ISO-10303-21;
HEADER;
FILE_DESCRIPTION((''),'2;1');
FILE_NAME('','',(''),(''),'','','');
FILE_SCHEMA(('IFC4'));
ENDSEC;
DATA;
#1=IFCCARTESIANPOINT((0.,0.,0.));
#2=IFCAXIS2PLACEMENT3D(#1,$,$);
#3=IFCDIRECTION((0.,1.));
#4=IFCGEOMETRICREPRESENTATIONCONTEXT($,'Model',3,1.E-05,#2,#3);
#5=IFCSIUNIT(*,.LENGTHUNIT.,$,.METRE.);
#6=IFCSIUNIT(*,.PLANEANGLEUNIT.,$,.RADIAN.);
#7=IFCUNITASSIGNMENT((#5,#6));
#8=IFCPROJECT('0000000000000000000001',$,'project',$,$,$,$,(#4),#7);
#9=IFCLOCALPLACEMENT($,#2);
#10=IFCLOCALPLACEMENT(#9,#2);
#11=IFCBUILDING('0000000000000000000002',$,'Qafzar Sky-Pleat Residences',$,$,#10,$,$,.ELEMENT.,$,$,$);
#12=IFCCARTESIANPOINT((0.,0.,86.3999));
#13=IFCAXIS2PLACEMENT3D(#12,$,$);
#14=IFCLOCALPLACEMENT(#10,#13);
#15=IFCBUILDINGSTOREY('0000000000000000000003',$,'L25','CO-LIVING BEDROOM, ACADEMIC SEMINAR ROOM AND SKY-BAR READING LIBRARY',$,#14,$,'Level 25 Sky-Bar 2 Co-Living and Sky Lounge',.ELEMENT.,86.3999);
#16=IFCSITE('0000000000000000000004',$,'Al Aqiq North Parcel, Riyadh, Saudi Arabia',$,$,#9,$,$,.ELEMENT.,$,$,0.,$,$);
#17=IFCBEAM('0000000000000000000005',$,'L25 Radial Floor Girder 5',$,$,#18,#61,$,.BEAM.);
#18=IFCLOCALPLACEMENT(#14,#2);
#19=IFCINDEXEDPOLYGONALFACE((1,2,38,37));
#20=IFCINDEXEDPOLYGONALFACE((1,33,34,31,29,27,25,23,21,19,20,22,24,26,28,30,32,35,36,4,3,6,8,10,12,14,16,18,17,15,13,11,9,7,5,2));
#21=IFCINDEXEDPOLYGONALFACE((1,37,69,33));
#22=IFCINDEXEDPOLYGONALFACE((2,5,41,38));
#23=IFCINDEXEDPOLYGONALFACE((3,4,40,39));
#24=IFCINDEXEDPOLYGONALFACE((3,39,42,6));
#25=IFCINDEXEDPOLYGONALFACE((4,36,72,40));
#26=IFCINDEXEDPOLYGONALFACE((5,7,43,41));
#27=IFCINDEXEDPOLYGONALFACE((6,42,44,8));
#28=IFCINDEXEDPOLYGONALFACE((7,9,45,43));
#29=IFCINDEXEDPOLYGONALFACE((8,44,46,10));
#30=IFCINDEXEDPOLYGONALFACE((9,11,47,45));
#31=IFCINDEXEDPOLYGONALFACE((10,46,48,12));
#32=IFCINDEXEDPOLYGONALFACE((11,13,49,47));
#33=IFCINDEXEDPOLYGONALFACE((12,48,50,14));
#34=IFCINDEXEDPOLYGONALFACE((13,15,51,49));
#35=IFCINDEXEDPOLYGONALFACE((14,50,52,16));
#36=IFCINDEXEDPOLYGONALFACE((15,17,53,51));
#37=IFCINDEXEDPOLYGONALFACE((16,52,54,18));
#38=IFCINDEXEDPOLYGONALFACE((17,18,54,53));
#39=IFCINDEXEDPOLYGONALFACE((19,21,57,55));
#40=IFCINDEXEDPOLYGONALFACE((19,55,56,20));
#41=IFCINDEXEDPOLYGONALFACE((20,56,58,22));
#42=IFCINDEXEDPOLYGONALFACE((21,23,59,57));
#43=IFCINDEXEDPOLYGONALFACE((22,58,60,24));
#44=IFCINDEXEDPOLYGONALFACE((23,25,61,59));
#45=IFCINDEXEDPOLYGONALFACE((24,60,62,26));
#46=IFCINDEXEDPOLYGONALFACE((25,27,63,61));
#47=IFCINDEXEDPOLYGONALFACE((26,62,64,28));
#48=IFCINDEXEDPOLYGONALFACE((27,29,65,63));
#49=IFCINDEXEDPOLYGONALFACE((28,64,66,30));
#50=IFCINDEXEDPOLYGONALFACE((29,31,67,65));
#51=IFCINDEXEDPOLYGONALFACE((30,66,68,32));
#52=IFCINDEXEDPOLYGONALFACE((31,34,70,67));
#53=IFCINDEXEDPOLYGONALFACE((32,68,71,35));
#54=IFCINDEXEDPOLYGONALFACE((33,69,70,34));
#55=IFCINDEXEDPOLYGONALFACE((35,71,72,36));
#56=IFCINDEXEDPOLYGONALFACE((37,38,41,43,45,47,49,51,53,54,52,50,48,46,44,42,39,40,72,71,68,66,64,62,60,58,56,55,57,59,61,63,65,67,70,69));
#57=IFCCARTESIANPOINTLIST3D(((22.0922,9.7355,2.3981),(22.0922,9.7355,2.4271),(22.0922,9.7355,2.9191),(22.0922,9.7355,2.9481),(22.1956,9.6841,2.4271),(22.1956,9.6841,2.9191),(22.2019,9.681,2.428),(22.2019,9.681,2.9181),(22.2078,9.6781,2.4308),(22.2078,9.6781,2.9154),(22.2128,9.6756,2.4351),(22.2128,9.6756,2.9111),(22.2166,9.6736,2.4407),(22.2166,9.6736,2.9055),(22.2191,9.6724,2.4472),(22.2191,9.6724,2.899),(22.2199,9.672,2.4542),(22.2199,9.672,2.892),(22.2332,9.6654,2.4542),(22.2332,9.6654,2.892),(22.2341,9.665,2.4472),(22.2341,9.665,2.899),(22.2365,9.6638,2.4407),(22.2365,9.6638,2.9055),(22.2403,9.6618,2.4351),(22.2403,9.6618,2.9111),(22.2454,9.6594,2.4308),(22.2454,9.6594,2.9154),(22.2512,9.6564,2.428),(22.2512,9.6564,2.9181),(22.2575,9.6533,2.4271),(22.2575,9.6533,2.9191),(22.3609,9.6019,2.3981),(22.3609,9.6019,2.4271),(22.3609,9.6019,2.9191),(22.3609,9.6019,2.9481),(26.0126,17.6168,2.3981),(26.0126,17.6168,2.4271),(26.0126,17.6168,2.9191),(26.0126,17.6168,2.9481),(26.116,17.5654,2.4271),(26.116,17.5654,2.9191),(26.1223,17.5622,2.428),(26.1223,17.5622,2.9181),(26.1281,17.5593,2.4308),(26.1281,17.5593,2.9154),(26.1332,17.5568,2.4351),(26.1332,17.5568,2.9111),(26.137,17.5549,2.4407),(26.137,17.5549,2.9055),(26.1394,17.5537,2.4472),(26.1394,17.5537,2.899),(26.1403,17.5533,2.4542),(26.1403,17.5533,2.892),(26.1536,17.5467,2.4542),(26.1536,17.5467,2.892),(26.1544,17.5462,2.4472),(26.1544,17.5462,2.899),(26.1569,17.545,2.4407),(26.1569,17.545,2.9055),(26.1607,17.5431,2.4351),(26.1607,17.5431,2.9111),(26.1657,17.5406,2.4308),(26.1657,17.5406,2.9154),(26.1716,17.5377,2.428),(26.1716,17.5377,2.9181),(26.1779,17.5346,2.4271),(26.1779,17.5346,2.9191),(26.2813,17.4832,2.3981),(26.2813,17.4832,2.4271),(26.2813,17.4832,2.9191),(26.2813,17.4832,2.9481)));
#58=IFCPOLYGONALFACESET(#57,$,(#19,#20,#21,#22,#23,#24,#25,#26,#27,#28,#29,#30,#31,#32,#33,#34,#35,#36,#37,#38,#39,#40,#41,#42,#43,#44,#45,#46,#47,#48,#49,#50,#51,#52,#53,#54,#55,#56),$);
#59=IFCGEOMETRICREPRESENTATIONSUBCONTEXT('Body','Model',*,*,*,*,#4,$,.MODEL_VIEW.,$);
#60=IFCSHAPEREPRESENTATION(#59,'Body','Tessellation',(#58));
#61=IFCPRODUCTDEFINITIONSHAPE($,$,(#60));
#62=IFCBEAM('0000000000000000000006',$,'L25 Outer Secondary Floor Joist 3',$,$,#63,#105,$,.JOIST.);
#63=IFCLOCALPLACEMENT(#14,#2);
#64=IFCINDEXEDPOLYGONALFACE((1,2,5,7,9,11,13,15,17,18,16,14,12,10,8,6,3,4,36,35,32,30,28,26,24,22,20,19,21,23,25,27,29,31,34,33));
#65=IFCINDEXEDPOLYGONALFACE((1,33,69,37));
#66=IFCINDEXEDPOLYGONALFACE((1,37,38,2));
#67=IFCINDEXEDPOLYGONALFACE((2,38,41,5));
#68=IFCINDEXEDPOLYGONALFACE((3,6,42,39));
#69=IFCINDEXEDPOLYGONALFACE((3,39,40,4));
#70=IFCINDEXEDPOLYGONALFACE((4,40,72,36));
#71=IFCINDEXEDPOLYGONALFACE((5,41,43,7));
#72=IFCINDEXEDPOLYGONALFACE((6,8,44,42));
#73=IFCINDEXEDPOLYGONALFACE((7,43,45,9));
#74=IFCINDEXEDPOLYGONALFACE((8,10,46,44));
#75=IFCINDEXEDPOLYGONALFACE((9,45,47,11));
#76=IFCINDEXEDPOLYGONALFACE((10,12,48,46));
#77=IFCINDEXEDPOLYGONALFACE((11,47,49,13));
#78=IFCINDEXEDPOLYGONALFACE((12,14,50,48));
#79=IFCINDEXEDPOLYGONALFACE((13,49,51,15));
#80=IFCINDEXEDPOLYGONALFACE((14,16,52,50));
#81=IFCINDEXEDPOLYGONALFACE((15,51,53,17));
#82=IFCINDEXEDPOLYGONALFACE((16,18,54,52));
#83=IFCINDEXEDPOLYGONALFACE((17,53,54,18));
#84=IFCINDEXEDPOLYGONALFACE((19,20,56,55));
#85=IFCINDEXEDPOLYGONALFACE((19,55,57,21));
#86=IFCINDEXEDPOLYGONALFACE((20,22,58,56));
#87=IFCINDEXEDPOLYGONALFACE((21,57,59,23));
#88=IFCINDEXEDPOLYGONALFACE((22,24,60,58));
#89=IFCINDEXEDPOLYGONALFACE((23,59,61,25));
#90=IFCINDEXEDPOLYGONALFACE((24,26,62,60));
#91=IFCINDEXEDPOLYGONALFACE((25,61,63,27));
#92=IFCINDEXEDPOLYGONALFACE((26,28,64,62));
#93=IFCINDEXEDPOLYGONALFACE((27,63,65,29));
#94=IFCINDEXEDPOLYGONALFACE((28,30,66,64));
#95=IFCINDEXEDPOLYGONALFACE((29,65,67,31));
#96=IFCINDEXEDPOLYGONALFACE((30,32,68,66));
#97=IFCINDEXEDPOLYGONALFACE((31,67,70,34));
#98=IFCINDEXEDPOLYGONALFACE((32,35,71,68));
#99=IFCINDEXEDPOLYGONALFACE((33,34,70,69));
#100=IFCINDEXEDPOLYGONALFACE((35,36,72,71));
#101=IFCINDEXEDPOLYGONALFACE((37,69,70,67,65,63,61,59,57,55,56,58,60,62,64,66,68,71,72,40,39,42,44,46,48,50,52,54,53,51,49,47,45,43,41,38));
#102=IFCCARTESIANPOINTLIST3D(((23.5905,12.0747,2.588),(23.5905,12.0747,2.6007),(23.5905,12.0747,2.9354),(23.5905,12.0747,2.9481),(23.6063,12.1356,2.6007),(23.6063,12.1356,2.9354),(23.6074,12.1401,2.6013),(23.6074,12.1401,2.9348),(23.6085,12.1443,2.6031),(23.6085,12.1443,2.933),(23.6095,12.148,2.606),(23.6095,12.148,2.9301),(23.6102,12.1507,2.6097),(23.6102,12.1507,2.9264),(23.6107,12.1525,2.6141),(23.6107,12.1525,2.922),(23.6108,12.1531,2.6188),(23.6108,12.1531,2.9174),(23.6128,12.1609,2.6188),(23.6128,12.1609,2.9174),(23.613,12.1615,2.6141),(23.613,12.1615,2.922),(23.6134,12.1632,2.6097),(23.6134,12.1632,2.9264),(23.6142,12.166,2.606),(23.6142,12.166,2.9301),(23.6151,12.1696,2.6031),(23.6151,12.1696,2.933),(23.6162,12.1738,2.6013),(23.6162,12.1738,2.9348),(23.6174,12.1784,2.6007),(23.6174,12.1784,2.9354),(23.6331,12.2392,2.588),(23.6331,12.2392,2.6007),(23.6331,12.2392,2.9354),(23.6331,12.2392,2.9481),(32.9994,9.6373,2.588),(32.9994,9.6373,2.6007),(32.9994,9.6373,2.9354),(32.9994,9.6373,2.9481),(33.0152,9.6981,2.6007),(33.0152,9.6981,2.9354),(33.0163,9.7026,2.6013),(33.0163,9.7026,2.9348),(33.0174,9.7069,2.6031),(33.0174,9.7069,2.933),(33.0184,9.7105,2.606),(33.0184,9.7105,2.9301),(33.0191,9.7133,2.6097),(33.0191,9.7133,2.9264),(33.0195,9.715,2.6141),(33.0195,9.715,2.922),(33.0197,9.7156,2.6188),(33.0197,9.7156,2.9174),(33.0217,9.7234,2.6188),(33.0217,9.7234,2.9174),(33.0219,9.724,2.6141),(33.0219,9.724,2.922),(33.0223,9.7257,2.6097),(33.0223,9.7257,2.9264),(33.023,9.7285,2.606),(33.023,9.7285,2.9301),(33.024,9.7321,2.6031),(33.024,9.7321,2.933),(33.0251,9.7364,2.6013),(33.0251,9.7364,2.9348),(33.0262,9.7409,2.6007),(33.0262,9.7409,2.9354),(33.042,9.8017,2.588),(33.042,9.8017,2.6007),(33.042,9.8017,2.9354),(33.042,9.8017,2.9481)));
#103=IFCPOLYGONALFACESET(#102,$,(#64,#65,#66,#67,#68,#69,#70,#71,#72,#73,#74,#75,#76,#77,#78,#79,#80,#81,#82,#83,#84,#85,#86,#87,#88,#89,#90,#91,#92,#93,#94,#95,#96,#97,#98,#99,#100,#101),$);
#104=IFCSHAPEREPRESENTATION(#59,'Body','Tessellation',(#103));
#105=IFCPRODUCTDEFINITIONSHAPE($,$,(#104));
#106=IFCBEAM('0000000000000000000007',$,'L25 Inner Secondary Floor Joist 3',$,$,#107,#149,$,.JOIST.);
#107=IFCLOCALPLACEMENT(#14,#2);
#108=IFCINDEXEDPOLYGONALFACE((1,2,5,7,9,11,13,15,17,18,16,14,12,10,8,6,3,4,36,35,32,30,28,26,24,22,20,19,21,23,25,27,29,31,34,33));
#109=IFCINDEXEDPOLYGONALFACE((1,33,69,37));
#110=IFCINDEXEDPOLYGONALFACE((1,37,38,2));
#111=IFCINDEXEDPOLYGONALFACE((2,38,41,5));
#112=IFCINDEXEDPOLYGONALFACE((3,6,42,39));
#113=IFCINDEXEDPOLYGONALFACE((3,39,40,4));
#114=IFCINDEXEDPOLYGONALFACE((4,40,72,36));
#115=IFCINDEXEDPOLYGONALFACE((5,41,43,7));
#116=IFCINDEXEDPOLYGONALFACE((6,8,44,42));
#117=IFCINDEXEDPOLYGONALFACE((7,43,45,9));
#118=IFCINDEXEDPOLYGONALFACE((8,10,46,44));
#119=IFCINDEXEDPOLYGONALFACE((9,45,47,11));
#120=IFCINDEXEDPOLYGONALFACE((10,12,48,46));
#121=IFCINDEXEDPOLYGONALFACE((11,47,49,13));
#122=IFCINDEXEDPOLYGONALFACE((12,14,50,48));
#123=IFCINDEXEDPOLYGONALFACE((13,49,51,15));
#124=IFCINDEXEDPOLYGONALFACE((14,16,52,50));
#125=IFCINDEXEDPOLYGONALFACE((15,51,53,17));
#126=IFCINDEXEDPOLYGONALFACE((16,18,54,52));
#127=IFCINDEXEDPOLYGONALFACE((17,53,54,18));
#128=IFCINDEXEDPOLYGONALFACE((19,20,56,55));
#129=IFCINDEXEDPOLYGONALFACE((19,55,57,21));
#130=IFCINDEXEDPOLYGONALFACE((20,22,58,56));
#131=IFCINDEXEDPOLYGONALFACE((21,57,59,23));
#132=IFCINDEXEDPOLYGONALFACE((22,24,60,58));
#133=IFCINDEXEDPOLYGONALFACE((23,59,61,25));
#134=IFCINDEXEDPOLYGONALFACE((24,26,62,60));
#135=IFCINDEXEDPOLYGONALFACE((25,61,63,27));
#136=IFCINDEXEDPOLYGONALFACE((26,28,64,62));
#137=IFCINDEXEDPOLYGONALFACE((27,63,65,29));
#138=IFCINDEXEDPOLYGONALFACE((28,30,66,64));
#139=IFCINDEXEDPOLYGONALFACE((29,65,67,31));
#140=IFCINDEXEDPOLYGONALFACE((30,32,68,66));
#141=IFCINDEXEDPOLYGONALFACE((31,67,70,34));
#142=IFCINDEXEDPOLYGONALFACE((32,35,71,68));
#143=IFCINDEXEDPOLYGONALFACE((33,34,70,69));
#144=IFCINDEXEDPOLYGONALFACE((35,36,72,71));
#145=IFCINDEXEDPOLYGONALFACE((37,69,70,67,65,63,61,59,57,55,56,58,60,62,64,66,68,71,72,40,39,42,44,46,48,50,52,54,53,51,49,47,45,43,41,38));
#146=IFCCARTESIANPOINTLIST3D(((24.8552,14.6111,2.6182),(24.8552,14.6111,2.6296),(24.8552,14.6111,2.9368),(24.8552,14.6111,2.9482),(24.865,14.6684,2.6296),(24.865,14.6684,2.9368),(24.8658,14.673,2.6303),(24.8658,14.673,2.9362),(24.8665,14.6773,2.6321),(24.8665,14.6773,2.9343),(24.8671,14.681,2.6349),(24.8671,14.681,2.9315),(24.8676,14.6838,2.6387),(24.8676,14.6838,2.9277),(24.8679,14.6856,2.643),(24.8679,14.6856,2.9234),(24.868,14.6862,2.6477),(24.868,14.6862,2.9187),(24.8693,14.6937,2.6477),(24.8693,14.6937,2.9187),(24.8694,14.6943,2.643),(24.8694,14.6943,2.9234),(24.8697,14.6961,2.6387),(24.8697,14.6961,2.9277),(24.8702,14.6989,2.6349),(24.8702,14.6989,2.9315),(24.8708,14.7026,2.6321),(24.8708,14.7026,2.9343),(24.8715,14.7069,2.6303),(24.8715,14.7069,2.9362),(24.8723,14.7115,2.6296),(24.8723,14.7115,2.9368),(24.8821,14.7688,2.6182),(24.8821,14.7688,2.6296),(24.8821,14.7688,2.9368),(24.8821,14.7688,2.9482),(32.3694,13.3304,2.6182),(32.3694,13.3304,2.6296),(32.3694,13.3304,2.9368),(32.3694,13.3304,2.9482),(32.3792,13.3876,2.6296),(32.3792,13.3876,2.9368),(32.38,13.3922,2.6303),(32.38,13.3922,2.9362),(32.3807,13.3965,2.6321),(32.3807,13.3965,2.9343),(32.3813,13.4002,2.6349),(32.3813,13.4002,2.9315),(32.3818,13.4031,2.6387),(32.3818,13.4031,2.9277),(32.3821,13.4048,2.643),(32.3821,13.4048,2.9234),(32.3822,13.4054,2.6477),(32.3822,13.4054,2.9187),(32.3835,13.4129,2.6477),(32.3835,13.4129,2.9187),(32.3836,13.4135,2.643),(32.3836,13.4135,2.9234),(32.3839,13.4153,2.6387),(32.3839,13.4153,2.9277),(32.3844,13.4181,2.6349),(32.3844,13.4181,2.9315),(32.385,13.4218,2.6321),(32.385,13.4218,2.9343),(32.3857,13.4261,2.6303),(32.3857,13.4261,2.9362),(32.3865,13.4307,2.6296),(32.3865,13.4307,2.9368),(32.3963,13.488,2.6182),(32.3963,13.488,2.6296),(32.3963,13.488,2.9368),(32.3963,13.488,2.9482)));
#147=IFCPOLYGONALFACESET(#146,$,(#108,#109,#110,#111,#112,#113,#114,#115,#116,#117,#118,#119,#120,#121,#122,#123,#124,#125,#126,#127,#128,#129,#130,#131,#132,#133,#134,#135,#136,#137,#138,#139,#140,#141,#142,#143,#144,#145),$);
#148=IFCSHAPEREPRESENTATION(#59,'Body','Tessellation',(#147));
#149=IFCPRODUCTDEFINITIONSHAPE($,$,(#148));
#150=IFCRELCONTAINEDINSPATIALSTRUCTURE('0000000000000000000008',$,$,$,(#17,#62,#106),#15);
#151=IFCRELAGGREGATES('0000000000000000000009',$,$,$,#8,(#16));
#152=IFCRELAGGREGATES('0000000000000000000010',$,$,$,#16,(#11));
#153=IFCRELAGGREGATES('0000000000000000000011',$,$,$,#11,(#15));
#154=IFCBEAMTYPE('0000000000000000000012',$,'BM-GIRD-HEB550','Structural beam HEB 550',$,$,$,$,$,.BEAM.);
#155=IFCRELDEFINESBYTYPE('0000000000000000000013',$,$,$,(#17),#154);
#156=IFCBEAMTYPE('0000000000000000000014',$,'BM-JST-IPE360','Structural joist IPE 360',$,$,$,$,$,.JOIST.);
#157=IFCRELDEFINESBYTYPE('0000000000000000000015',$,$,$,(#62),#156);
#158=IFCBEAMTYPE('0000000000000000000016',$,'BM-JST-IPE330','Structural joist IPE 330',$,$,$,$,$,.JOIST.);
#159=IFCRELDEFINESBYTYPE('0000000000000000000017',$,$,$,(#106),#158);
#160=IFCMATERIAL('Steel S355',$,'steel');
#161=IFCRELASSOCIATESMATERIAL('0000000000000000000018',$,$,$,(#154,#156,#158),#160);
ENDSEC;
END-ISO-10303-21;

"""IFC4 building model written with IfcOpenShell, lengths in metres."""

from ifc_helpers import new_model, si_unit, direction, frame, origin, origin_2d, place, context, subcontext, project, spatial, i_section, extrude, source, transform, mapped, material, material_profile, profile_set, type_object, element, save


model = new_model("IFC4")

# Units and contexts
model_context = context("Model", 3, precision=1e-05, world=origin(), true_north=direction((0.0, 1.0)))
body_context = subcontext(model_context, "Body", "Model", "MODEL_VIEW")
ifc_project = project(units=[si_unit("LENGTHUNIT", "METRE"), si_unit("PLANEANGLEUNIT", "RADIAN")], contexts=[model_context])

# Site, building, storey
site_placement = place(None, origin())
site = spatial("IfcSite", under=ifc_project, at=site_placement, Name="Al Aqiq North Parcel, Riyadh, Saudi Arabia", CompositionType="ELEMENT", RefElevation=0.0)
building_placement = place(site_placement, origin())
building = spatial("IfcBuilding", under=site, at=building_placement, Name="Qafzar Sky-Pleat Residences", CompositionType="ELEMENT")
storey_placement = place(building_placement, frame((0.0, 0.0, 86.3999)))
storey = spatial("IfcBuildingStorey", under=building, at=storey_placement, Name="L25", Description="CO-LIVING BEDROOM, ACADEMIC SEMINAR ROOM AND SKY-BAR READING LIBRARY", LongName="Level 25 Sky-Bar 2 Co-Living and Sky Lounge", CompositionType="ELEMENT", Elevation=86.3999)

# Beams
ifc_material_1 = material(Name="Steel S355", Category="steel")
ifc_material_profile_1 = material_profile(ifc_material_1, i_section(OverallWidth=0.3, OverallDepth=0.55, WebThickness=0.0149, FlangeThickness=0.0291, FilletRadius=0.0271, at=origin_2d()), Name="HEB 550")
ifc_profile_set_1 = profile_set([ifc_material_profile_1], Name="Steel S355")
beam_type_1 = type_object("IfcBeamType", Name="BM-GIRD-HEB550", Description="Structural beam HEB 550", PredefinedType="BEAM", material=ifc_profile_set_1)
shared_shape_1 = source(origin(), body_context, "Body", "SweptSolid", [
    extrude(i_section(OverallWidth=0.3, OverallDepth=0.55, WebThickness=0.0149, FlangeThickness=0.0291, FilletRadius=0.0271, at=origin_2d()), origin(), (0.0, 0.0, 1.0), 8.8025),
])
beam_1_placement = place(storey_placement, frame((22.2266, 9.6687, 2.6731), z_axis=(0.445371, 0.895346, 0.0), x_axis=(-0.895346, 0.445371, 0.0)))
element("IfcBeam", 1, at=beam_1_placement, inside=storey, type_object=beam_type_1, Name="L25 Radial Floor Girder 5", PredefinedType="BEAM", context=body_context, shape_type="MappedRepresentation", body=[
    mapped(shared_shape_1, transform((0.0, 0.0, 0.0), x_axis=(1.0, 0.0, 0.0), y_axis=(0.0, 1.0, 0.0), z_axis=(0.0, 0.0, 1.0), scale=1.0)),
])
ifc_material_profile_2 = material_profile(ifc_material_1, i_section(OverallWidth=0.1699, OverallDepth=0.3601, WebThickness=0.0081, FlangeThickness=0.0127, FilletRadius=0.0181, at=origin_2d()), Name="IPE 360")
ifc_profile_set_2 = profile_set([ifc_material_profile_2], Name="Steel S355")
beam_type_2 = type_object("IfcBeamType", Name="BM-JST-IPE360", Description="Structural joist IPE 360", PredefinedType="JOIST", material=ifc_profile_set_2)
shared_shape_2 = source(origin(), body_context, "Body", "SweptSolid", [
    extrude(i_section(OverallWidth=0.1699, OverallDepth=0.3601, WebThickness=0.0081, FlangeThickness=0.0127, FilletRadius=0.0181, at=origin_2d()), origin(), (0.0, 0.0, 1.0), 9.7195),
])
beam_2_placement = place(storey_placement, frame((23.6118, 12.157, 2.7681), z_axis=(0.968043, -0.250783, 0.0), x_axis=(0.250783, 0.968043, 0.0)))
element("IfcBeam", 2, at=beam_2_placement, inside=storey, type_object=beam_type_2, Name="L25 Outer Secondary Floor Joist 3", PredefinedType="JOIST", context=body_context, shape_type="MappedRepresentation", body=[
    mapped(shared_shape_2, transform((0.0, 0.0, 0.0), x_axis=(1.0, 0.0, 0.0), y_axis=(0.0, 1.0, 0.0), z_axis=(0.0, 0.0, 1.0), scale=1.0)),
])
ifc_material_profile_3 = material_profile(ifc_material_1, i_section(OverallWidth=0.1599, OverallDepth=0.3301, WebThickness=0.0076, FlangeThickness=0.0115, FilletRadius=0.0181, at=origin_2d()), Name="IPE 330")
ifc_profile_set_3 = profile_set([ifc_material_profile_3], Name="Steel S355")
beam_type_3 = type_object("IfcBeamType", Name="BM-JST-IPE330", Description="Structural joist IPE 330", PredefinedType="JOIST", material=ifc_profile_set_3)
shared_shape_3 = source(origin(), body_context, "Body", "SweptSolid", [
    extrude(i_section(OverallWidth=0.1599, OverallDepth=0.3301, WebThickness=0.0076, FlangeThickness=0.0115, FilletRadius=0.0181, at=origin_2d()), origin(), (0.0, 0.0, 1.0), 7.6226),
])
beam_3_placement = place(storey_placement, frame((24.8687, 14.6899, 2.7832), z_axis=(0.985783, -0.168023, 0.0), x_axis=(0.168023, 0.985783, 0.0)))
element("IfcBeam", 3, at=beam_3_placement, inside=storey, type_object=beam_type_3, Name="L25 Inner Secondary Floor Joist 3", PredefinedType="JOIST", context=body_context, shape_type="MappedRepresentation", body=[
    mapped(shared_shape_3, transform((0.0, 0.0, 0.0), x_axis=(1.0, 0.0, 0.0), y_axis=(0.0, 1.0, 0.0), z_axis=(0.0, 0.0, 1.0), scale=1.0)),
])

save(model, "model.ifc")
